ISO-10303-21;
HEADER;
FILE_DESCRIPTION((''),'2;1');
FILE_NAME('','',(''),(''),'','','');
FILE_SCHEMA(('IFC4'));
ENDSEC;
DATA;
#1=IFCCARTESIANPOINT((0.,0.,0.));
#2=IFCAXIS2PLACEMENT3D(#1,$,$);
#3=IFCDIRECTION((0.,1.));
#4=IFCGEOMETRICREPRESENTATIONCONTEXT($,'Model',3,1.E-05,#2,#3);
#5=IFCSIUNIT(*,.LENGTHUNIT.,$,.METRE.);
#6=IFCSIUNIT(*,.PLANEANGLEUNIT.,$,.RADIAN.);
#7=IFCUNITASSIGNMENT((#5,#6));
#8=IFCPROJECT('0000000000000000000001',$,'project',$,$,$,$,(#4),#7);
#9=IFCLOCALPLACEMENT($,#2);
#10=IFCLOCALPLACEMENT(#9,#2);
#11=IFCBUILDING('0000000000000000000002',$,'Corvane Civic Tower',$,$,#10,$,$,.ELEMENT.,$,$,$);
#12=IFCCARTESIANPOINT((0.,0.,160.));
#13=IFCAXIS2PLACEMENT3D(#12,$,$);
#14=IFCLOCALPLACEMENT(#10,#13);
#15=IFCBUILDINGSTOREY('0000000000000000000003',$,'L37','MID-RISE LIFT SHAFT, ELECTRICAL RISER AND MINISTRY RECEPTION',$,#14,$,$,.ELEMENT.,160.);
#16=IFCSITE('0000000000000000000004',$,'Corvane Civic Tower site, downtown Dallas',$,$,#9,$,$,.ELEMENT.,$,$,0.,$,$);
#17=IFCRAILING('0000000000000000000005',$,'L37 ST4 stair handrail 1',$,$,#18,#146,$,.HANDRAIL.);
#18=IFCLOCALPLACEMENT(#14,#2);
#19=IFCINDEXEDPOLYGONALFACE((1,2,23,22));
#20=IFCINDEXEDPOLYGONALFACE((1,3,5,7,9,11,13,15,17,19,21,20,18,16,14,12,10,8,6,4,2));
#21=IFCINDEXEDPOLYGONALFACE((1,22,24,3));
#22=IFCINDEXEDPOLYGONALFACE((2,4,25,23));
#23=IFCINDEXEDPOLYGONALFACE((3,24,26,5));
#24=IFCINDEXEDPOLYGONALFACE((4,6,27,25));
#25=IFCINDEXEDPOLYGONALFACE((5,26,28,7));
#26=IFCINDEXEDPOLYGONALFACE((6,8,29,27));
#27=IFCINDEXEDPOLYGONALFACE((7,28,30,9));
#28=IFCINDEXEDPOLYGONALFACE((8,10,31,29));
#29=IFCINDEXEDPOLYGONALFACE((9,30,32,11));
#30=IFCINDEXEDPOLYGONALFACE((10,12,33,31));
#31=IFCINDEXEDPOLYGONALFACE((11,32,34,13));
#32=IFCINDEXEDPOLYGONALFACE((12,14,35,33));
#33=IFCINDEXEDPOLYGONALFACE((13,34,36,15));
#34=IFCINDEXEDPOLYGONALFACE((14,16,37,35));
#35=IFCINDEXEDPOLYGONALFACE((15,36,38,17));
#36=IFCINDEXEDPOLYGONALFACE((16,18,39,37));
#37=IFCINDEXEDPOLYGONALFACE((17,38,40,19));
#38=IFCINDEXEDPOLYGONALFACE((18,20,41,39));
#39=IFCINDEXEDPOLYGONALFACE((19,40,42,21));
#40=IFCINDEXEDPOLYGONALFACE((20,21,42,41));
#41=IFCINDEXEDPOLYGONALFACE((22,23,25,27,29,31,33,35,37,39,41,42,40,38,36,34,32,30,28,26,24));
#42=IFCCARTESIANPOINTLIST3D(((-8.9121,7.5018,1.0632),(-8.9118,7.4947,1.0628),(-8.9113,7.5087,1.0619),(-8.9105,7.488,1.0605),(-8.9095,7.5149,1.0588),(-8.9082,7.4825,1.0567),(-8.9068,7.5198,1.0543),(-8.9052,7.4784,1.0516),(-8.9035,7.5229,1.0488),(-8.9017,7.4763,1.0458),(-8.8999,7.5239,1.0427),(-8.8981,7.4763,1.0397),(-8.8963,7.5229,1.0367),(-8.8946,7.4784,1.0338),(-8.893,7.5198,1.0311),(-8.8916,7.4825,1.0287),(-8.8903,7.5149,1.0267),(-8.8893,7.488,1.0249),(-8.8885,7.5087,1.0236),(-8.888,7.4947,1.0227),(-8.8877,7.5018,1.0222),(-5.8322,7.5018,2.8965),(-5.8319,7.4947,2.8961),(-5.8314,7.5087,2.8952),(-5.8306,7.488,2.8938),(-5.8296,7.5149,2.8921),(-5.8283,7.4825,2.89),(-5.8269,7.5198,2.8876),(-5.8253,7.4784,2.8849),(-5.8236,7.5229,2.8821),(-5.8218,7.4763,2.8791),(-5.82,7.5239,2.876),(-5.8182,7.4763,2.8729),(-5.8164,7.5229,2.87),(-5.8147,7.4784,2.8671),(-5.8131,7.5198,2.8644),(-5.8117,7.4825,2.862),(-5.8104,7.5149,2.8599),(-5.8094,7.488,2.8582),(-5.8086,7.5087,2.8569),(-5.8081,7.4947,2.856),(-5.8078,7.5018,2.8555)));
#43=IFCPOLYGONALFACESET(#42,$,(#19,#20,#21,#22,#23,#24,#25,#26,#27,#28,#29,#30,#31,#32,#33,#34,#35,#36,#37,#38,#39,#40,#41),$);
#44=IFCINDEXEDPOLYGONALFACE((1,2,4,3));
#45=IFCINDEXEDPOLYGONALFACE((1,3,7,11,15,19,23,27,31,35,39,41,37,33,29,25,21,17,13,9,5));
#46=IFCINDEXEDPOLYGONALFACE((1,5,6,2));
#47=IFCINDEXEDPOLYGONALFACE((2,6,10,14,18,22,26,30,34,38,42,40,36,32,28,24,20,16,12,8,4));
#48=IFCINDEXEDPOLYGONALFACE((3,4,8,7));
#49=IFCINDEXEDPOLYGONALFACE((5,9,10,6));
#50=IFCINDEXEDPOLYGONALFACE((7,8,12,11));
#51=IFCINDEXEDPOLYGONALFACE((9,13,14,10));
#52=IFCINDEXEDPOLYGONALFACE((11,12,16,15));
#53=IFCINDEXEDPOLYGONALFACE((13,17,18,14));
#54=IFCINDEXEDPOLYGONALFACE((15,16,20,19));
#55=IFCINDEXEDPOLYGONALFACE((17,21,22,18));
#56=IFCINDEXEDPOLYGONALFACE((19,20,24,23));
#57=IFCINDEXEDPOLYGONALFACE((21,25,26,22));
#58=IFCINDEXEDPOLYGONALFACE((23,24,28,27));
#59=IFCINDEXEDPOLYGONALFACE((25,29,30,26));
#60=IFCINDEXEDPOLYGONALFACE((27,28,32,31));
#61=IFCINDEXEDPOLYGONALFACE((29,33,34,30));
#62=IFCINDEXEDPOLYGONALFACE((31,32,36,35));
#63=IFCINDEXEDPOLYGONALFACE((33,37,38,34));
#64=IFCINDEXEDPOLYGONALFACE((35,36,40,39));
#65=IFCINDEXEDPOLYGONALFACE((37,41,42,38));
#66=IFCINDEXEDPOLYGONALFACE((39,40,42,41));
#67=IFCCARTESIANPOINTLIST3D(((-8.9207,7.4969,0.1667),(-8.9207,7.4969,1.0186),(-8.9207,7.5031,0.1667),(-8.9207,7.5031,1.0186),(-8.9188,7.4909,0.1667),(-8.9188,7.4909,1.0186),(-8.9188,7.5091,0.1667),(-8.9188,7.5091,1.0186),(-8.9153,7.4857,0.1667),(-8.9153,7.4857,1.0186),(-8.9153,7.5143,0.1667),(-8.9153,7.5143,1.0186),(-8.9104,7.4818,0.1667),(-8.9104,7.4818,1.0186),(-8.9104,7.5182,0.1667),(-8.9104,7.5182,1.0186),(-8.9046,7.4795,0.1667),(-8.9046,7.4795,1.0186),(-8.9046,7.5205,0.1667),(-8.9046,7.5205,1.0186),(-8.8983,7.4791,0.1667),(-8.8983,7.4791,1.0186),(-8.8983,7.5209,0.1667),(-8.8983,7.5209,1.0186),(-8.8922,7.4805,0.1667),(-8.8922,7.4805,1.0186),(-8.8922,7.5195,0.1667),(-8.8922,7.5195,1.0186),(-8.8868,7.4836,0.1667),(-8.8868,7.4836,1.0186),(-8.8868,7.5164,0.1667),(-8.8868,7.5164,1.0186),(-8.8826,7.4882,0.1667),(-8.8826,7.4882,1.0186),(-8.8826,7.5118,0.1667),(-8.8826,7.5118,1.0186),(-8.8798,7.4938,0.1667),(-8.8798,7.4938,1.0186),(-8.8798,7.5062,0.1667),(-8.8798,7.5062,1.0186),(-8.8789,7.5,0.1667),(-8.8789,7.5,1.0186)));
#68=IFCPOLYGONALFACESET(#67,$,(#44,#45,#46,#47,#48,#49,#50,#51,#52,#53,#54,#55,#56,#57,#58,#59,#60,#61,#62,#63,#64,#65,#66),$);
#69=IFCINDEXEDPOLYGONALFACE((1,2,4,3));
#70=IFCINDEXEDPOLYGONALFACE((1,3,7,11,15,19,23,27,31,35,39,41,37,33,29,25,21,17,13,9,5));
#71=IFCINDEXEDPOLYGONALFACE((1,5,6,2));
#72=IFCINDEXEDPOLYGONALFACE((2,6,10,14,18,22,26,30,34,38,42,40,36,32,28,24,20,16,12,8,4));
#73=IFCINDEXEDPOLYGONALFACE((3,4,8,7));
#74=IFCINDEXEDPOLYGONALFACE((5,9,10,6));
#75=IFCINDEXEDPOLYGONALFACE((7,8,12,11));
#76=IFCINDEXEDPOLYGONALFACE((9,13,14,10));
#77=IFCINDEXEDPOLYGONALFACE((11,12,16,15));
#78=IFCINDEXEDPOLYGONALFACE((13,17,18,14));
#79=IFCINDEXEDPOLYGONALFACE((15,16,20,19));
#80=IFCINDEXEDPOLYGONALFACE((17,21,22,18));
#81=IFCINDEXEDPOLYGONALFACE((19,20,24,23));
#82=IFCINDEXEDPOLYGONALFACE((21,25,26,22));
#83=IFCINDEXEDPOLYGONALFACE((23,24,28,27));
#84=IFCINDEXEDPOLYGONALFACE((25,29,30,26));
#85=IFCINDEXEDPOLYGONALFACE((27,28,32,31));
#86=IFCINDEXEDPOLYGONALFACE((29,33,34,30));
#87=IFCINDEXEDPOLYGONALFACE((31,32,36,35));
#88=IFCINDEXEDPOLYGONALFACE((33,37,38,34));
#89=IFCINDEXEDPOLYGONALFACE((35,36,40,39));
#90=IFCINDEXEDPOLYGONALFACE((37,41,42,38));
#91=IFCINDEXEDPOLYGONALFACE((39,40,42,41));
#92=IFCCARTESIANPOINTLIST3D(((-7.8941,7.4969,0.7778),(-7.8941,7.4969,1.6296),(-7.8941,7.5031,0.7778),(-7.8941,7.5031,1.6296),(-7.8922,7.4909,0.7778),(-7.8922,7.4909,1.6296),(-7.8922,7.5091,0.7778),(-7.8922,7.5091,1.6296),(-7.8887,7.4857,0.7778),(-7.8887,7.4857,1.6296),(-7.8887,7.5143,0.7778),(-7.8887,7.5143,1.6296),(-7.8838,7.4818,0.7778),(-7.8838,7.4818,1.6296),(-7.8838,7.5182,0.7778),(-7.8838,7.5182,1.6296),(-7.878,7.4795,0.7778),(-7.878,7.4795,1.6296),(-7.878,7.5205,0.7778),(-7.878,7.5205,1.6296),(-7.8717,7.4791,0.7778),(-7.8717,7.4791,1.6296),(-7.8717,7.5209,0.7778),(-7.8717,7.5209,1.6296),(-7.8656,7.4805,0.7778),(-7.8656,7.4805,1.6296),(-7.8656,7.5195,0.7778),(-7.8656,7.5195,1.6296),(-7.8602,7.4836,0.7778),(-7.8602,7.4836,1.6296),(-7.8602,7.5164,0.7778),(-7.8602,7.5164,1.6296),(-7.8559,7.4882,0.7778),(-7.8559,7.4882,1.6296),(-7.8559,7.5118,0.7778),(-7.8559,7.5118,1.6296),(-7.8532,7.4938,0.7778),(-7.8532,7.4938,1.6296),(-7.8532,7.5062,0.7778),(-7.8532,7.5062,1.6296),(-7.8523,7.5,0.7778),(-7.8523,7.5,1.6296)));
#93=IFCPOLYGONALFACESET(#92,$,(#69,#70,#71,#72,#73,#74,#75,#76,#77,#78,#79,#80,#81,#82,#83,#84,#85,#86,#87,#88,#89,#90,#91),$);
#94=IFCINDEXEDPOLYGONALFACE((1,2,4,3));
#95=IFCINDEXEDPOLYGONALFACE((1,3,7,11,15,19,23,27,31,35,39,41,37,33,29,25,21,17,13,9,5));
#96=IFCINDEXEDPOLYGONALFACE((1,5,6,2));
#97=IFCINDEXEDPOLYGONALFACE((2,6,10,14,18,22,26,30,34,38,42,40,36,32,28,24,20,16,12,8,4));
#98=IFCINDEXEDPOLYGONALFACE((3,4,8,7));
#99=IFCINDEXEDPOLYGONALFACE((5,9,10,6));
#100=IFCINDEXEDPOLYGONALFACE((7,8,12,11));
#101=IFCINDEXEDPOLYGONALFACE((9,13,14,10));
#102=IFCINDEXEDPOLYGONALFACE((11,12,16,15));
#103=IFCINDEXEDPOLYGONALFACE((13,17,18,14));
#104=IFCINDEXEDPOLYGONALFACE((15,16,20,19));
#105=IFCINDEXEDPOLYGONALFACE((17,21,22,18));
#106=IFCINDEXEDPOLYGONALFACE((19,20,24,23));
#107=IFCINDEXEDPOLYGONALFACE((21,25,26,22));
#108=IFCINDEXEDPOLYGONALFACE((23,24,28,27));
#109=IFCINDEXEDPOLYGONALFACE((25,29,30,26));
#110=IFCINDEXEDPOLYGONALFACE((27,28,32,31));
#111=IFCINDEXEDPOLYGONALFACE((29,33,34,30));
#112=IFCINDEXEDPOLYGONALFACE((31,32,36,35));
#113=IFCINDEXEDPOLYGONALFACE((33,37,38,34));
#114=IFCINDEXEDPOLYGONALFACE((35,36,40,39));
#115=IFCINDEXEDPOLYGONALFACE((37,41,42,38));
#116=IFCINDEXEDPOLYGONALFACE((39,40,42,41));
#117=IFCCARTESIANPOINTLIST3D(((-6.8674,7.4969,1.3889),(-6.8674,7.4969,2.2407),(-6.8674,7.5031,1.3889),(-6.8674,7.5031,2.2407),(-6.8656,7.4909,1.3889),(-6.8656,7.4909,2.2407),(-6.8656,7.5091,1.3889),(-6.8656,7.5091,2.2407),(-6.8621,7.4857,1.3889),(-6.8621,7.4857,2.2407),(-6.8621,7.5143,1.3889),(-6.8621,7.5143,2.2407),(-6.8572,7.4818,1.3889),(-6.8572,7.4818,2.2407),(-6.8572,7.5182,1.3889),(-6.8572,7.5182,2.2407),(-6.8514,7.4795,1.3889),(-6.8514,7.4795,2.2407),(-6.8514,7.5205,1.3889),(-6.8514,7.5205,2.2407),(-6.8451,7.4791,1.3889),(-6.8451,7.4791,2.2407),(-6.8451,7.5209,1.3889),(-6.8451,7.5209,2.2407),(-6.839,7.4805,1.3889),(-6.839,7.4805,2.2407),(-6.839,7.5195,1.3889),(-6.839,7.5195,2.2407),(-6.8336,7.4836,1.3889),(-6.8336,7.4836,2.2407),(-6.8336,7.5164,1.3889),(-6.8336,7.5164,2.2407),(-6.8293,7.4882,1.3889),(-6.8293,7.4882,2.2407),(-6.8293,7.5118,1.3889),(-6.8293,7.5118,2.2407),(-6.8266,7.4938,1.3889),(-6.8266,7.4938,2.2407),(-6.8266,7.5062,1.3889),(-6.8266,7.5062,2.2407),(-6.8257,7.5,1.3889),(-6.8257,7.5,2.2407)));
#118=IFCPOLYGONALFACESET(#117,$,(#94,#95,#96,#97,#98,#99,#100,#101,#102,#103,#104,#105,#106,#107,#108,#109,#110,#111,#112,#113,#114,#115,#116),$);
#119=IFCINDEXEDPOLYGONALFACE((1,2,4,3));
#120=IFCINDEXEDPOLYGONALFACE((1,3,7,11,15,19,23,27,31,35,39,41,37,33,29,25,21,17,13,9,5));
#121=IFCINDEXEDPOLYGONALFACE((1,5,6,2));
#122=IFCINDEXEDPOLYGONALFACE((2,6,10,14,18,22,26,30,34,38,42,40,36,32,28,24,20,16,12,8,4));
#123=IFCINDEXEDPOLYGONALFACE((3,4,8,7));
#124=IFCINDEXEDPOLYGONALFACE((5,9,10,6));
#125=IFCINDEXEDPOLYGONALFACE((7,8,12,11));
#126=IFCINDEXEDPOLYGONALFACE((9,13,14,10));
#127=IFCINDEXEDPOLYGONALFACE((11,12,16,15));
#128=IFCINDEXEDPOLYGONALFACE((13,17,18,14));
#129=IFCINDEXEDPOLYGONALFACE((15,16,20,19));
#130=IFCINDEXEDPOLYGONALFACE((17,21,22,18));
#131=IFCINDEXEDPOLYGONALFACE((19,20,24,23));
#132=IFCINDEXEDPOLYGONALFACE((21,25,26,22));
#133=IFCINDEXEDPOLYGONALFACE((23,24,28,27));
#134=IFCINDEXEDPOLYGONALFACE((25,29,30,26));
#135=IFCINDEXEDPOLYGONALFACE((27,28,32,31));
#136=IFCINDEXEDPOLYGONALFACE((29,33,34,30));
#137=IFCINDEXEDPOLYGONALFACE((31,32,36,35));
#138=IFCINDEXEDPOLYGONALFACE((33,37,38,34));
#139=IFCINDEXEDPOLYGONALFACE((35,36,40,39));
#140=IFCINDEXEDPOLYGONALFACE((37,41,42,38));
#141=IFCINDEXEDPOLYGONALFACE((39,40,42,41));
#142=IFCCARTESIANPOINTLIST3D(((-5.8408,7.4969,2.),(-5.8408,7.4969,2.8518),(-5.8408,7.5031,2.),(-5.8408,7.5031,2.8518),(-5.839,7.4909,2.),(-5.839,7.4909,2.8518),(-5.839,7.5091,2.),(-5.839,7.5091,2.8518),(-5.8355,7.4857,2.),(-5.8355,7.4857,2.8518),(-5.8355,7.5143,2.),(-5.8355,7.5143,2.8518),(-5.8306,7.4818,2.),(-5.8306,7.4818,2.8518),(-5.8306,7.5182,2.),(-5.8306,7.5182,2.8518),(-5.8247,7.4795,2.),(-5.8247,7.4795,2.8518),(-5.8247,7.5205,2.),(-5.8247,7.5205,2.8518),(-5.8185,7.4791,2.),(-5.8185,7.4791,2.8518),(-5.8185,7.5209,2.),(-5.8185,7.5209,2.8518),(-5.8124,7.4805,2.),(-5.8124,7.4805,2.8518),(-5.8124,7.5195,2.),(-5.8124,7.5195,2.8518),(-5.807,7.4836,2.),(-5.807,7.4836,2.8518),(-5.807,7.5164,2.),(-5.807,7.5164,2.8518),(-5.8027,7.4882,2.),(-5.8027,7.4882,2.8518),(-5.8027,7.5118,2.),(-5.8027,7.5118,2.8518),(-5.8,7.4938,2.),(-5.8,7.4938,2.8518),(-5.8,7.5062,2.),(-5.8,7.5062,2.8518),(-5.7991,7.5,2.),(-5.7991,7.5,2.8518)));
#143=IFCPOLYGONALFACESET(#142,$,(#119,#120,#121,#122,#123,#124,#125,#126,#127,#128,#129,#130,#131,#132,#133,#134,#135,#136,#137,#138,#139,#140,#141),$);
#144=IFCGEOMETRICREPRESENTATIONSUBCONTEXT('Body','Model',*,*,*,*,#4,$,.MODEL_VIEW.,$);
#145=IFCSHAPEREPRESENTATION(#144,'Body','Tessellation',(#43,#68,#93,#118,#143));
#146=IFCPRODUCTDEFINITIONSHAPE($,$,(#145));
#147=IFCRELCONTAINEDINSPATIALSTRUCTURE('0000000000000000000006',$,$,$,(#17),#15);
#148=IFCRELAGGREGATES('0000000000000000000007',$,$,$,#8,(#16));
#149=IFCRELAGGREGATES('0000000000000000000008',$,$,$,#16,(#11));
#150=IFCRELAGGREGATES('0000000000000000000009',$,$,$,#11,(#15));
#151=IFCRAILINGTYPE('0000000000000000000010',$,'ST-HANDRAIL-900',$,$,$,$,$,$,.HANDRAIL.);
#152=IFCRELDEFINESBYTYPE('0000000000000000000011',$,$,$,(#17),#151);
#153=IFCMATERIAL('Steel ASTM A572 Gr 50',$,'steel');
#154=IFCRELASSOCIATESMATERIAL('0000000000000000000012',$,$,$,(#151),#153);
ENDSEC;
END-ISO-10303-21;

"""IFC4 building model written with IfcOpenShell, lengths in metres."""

from ifc_helpers import new_model, si_unit, direction, frame, origin, origin_2d, place, context, subcontext, project, spatial, circle, extrude, material, type_object, element, save


model = new_model("IFC4")

# Units and contexts
model_context = context("Model", 3, precision=1e-05, world=origin(), true_north=direction((0.0, 1.0)))
body_context = subcontext(model_context, "Body", "Model", "MODEL_VIEW")
ifc_project = project(units=[si_unit("LENGTHUNIT", "METRE"), si_unit("PLANEANGLEUNIT", "RADIAN")], contexts=[model_context])

# Site, building, storey
site_placement = place(None, origin())
site = spatial("IfcSite", under=ifc_project, at=site_placement, Name="Corvane Civic Tower site, downtown Dallas", CompositionType="ELEMENT", RefElevation=0.0)
building_placement = place(site_placement, origin())
building = spatial("IfcBuilding", under=site, at=building_placement, Name="Corvane Civic Tower", CompositionType="ELEMENT")
storey_placement = place(building_placement, frame((0.0, 0.0, 160.0)))
storey = spatial("IfcBuildingStorey", under=building, at=storey_placement, Name="L37", Description="MID-RISE LIFT SHAFT, ELECTRICAL RISER AND MINISTRY RECEPTION", CompositionType="ELEMENT", Elevation=160.0)

# Railing
ifc_material_1 = material(Name="Steel ASTM A572 Gr 50", Category="steel")
railing_type_1 = type_object("IfcRailingType", Name="ST-HANDRAIL-900", PredefinedType="HANDRAIL", material=ifc_material_1)
railing_1_placement = place(storey_placement, frame((-8.8999, 7.5, 0.1667)))
element("IfcRailing", 1, at=railing_1_placement, inside=storey, type_object=railing_type_1, Name="L37 ST4 stair handrail 1", PredefinedType="HANDRAIL", context=body_context, shape_type="SweptSolid", body=[
    extrude(circle(Radius=0.0239, at=origin_2d()), frame((0.0, 0.0, 0.876), z_axis=(0.859291, 0.0, 0.511487), x_axis=(0.0, 1.0, 0.0)), (0.0, 0.0, 1.0), 3.5842),
    extrude(circle(Radius=0.021, at=origin_2d()), origin(), (0.0, 0.0, 1.0), 0.8518),
    extrude(circle(Radius=0.021, at=origin_2d()), frame((1.0266, 0.0, 0.6111)), (0.0, 0.0, 1.0), 0.8518),
    extrude(circle(Radius=0.021, at=origin_2d()), frame((2.0532, 0.0, 1.2222)), (0.0, 0.0, 1.0), 0.8518),
    extrude(circle(Radius=0.021, at=origin_2d()), frame((3.0798, 0.0, 1.8333)), (0.0, 0.0, 1.0), 0.8518),
])

save(model, "model.ifc")
